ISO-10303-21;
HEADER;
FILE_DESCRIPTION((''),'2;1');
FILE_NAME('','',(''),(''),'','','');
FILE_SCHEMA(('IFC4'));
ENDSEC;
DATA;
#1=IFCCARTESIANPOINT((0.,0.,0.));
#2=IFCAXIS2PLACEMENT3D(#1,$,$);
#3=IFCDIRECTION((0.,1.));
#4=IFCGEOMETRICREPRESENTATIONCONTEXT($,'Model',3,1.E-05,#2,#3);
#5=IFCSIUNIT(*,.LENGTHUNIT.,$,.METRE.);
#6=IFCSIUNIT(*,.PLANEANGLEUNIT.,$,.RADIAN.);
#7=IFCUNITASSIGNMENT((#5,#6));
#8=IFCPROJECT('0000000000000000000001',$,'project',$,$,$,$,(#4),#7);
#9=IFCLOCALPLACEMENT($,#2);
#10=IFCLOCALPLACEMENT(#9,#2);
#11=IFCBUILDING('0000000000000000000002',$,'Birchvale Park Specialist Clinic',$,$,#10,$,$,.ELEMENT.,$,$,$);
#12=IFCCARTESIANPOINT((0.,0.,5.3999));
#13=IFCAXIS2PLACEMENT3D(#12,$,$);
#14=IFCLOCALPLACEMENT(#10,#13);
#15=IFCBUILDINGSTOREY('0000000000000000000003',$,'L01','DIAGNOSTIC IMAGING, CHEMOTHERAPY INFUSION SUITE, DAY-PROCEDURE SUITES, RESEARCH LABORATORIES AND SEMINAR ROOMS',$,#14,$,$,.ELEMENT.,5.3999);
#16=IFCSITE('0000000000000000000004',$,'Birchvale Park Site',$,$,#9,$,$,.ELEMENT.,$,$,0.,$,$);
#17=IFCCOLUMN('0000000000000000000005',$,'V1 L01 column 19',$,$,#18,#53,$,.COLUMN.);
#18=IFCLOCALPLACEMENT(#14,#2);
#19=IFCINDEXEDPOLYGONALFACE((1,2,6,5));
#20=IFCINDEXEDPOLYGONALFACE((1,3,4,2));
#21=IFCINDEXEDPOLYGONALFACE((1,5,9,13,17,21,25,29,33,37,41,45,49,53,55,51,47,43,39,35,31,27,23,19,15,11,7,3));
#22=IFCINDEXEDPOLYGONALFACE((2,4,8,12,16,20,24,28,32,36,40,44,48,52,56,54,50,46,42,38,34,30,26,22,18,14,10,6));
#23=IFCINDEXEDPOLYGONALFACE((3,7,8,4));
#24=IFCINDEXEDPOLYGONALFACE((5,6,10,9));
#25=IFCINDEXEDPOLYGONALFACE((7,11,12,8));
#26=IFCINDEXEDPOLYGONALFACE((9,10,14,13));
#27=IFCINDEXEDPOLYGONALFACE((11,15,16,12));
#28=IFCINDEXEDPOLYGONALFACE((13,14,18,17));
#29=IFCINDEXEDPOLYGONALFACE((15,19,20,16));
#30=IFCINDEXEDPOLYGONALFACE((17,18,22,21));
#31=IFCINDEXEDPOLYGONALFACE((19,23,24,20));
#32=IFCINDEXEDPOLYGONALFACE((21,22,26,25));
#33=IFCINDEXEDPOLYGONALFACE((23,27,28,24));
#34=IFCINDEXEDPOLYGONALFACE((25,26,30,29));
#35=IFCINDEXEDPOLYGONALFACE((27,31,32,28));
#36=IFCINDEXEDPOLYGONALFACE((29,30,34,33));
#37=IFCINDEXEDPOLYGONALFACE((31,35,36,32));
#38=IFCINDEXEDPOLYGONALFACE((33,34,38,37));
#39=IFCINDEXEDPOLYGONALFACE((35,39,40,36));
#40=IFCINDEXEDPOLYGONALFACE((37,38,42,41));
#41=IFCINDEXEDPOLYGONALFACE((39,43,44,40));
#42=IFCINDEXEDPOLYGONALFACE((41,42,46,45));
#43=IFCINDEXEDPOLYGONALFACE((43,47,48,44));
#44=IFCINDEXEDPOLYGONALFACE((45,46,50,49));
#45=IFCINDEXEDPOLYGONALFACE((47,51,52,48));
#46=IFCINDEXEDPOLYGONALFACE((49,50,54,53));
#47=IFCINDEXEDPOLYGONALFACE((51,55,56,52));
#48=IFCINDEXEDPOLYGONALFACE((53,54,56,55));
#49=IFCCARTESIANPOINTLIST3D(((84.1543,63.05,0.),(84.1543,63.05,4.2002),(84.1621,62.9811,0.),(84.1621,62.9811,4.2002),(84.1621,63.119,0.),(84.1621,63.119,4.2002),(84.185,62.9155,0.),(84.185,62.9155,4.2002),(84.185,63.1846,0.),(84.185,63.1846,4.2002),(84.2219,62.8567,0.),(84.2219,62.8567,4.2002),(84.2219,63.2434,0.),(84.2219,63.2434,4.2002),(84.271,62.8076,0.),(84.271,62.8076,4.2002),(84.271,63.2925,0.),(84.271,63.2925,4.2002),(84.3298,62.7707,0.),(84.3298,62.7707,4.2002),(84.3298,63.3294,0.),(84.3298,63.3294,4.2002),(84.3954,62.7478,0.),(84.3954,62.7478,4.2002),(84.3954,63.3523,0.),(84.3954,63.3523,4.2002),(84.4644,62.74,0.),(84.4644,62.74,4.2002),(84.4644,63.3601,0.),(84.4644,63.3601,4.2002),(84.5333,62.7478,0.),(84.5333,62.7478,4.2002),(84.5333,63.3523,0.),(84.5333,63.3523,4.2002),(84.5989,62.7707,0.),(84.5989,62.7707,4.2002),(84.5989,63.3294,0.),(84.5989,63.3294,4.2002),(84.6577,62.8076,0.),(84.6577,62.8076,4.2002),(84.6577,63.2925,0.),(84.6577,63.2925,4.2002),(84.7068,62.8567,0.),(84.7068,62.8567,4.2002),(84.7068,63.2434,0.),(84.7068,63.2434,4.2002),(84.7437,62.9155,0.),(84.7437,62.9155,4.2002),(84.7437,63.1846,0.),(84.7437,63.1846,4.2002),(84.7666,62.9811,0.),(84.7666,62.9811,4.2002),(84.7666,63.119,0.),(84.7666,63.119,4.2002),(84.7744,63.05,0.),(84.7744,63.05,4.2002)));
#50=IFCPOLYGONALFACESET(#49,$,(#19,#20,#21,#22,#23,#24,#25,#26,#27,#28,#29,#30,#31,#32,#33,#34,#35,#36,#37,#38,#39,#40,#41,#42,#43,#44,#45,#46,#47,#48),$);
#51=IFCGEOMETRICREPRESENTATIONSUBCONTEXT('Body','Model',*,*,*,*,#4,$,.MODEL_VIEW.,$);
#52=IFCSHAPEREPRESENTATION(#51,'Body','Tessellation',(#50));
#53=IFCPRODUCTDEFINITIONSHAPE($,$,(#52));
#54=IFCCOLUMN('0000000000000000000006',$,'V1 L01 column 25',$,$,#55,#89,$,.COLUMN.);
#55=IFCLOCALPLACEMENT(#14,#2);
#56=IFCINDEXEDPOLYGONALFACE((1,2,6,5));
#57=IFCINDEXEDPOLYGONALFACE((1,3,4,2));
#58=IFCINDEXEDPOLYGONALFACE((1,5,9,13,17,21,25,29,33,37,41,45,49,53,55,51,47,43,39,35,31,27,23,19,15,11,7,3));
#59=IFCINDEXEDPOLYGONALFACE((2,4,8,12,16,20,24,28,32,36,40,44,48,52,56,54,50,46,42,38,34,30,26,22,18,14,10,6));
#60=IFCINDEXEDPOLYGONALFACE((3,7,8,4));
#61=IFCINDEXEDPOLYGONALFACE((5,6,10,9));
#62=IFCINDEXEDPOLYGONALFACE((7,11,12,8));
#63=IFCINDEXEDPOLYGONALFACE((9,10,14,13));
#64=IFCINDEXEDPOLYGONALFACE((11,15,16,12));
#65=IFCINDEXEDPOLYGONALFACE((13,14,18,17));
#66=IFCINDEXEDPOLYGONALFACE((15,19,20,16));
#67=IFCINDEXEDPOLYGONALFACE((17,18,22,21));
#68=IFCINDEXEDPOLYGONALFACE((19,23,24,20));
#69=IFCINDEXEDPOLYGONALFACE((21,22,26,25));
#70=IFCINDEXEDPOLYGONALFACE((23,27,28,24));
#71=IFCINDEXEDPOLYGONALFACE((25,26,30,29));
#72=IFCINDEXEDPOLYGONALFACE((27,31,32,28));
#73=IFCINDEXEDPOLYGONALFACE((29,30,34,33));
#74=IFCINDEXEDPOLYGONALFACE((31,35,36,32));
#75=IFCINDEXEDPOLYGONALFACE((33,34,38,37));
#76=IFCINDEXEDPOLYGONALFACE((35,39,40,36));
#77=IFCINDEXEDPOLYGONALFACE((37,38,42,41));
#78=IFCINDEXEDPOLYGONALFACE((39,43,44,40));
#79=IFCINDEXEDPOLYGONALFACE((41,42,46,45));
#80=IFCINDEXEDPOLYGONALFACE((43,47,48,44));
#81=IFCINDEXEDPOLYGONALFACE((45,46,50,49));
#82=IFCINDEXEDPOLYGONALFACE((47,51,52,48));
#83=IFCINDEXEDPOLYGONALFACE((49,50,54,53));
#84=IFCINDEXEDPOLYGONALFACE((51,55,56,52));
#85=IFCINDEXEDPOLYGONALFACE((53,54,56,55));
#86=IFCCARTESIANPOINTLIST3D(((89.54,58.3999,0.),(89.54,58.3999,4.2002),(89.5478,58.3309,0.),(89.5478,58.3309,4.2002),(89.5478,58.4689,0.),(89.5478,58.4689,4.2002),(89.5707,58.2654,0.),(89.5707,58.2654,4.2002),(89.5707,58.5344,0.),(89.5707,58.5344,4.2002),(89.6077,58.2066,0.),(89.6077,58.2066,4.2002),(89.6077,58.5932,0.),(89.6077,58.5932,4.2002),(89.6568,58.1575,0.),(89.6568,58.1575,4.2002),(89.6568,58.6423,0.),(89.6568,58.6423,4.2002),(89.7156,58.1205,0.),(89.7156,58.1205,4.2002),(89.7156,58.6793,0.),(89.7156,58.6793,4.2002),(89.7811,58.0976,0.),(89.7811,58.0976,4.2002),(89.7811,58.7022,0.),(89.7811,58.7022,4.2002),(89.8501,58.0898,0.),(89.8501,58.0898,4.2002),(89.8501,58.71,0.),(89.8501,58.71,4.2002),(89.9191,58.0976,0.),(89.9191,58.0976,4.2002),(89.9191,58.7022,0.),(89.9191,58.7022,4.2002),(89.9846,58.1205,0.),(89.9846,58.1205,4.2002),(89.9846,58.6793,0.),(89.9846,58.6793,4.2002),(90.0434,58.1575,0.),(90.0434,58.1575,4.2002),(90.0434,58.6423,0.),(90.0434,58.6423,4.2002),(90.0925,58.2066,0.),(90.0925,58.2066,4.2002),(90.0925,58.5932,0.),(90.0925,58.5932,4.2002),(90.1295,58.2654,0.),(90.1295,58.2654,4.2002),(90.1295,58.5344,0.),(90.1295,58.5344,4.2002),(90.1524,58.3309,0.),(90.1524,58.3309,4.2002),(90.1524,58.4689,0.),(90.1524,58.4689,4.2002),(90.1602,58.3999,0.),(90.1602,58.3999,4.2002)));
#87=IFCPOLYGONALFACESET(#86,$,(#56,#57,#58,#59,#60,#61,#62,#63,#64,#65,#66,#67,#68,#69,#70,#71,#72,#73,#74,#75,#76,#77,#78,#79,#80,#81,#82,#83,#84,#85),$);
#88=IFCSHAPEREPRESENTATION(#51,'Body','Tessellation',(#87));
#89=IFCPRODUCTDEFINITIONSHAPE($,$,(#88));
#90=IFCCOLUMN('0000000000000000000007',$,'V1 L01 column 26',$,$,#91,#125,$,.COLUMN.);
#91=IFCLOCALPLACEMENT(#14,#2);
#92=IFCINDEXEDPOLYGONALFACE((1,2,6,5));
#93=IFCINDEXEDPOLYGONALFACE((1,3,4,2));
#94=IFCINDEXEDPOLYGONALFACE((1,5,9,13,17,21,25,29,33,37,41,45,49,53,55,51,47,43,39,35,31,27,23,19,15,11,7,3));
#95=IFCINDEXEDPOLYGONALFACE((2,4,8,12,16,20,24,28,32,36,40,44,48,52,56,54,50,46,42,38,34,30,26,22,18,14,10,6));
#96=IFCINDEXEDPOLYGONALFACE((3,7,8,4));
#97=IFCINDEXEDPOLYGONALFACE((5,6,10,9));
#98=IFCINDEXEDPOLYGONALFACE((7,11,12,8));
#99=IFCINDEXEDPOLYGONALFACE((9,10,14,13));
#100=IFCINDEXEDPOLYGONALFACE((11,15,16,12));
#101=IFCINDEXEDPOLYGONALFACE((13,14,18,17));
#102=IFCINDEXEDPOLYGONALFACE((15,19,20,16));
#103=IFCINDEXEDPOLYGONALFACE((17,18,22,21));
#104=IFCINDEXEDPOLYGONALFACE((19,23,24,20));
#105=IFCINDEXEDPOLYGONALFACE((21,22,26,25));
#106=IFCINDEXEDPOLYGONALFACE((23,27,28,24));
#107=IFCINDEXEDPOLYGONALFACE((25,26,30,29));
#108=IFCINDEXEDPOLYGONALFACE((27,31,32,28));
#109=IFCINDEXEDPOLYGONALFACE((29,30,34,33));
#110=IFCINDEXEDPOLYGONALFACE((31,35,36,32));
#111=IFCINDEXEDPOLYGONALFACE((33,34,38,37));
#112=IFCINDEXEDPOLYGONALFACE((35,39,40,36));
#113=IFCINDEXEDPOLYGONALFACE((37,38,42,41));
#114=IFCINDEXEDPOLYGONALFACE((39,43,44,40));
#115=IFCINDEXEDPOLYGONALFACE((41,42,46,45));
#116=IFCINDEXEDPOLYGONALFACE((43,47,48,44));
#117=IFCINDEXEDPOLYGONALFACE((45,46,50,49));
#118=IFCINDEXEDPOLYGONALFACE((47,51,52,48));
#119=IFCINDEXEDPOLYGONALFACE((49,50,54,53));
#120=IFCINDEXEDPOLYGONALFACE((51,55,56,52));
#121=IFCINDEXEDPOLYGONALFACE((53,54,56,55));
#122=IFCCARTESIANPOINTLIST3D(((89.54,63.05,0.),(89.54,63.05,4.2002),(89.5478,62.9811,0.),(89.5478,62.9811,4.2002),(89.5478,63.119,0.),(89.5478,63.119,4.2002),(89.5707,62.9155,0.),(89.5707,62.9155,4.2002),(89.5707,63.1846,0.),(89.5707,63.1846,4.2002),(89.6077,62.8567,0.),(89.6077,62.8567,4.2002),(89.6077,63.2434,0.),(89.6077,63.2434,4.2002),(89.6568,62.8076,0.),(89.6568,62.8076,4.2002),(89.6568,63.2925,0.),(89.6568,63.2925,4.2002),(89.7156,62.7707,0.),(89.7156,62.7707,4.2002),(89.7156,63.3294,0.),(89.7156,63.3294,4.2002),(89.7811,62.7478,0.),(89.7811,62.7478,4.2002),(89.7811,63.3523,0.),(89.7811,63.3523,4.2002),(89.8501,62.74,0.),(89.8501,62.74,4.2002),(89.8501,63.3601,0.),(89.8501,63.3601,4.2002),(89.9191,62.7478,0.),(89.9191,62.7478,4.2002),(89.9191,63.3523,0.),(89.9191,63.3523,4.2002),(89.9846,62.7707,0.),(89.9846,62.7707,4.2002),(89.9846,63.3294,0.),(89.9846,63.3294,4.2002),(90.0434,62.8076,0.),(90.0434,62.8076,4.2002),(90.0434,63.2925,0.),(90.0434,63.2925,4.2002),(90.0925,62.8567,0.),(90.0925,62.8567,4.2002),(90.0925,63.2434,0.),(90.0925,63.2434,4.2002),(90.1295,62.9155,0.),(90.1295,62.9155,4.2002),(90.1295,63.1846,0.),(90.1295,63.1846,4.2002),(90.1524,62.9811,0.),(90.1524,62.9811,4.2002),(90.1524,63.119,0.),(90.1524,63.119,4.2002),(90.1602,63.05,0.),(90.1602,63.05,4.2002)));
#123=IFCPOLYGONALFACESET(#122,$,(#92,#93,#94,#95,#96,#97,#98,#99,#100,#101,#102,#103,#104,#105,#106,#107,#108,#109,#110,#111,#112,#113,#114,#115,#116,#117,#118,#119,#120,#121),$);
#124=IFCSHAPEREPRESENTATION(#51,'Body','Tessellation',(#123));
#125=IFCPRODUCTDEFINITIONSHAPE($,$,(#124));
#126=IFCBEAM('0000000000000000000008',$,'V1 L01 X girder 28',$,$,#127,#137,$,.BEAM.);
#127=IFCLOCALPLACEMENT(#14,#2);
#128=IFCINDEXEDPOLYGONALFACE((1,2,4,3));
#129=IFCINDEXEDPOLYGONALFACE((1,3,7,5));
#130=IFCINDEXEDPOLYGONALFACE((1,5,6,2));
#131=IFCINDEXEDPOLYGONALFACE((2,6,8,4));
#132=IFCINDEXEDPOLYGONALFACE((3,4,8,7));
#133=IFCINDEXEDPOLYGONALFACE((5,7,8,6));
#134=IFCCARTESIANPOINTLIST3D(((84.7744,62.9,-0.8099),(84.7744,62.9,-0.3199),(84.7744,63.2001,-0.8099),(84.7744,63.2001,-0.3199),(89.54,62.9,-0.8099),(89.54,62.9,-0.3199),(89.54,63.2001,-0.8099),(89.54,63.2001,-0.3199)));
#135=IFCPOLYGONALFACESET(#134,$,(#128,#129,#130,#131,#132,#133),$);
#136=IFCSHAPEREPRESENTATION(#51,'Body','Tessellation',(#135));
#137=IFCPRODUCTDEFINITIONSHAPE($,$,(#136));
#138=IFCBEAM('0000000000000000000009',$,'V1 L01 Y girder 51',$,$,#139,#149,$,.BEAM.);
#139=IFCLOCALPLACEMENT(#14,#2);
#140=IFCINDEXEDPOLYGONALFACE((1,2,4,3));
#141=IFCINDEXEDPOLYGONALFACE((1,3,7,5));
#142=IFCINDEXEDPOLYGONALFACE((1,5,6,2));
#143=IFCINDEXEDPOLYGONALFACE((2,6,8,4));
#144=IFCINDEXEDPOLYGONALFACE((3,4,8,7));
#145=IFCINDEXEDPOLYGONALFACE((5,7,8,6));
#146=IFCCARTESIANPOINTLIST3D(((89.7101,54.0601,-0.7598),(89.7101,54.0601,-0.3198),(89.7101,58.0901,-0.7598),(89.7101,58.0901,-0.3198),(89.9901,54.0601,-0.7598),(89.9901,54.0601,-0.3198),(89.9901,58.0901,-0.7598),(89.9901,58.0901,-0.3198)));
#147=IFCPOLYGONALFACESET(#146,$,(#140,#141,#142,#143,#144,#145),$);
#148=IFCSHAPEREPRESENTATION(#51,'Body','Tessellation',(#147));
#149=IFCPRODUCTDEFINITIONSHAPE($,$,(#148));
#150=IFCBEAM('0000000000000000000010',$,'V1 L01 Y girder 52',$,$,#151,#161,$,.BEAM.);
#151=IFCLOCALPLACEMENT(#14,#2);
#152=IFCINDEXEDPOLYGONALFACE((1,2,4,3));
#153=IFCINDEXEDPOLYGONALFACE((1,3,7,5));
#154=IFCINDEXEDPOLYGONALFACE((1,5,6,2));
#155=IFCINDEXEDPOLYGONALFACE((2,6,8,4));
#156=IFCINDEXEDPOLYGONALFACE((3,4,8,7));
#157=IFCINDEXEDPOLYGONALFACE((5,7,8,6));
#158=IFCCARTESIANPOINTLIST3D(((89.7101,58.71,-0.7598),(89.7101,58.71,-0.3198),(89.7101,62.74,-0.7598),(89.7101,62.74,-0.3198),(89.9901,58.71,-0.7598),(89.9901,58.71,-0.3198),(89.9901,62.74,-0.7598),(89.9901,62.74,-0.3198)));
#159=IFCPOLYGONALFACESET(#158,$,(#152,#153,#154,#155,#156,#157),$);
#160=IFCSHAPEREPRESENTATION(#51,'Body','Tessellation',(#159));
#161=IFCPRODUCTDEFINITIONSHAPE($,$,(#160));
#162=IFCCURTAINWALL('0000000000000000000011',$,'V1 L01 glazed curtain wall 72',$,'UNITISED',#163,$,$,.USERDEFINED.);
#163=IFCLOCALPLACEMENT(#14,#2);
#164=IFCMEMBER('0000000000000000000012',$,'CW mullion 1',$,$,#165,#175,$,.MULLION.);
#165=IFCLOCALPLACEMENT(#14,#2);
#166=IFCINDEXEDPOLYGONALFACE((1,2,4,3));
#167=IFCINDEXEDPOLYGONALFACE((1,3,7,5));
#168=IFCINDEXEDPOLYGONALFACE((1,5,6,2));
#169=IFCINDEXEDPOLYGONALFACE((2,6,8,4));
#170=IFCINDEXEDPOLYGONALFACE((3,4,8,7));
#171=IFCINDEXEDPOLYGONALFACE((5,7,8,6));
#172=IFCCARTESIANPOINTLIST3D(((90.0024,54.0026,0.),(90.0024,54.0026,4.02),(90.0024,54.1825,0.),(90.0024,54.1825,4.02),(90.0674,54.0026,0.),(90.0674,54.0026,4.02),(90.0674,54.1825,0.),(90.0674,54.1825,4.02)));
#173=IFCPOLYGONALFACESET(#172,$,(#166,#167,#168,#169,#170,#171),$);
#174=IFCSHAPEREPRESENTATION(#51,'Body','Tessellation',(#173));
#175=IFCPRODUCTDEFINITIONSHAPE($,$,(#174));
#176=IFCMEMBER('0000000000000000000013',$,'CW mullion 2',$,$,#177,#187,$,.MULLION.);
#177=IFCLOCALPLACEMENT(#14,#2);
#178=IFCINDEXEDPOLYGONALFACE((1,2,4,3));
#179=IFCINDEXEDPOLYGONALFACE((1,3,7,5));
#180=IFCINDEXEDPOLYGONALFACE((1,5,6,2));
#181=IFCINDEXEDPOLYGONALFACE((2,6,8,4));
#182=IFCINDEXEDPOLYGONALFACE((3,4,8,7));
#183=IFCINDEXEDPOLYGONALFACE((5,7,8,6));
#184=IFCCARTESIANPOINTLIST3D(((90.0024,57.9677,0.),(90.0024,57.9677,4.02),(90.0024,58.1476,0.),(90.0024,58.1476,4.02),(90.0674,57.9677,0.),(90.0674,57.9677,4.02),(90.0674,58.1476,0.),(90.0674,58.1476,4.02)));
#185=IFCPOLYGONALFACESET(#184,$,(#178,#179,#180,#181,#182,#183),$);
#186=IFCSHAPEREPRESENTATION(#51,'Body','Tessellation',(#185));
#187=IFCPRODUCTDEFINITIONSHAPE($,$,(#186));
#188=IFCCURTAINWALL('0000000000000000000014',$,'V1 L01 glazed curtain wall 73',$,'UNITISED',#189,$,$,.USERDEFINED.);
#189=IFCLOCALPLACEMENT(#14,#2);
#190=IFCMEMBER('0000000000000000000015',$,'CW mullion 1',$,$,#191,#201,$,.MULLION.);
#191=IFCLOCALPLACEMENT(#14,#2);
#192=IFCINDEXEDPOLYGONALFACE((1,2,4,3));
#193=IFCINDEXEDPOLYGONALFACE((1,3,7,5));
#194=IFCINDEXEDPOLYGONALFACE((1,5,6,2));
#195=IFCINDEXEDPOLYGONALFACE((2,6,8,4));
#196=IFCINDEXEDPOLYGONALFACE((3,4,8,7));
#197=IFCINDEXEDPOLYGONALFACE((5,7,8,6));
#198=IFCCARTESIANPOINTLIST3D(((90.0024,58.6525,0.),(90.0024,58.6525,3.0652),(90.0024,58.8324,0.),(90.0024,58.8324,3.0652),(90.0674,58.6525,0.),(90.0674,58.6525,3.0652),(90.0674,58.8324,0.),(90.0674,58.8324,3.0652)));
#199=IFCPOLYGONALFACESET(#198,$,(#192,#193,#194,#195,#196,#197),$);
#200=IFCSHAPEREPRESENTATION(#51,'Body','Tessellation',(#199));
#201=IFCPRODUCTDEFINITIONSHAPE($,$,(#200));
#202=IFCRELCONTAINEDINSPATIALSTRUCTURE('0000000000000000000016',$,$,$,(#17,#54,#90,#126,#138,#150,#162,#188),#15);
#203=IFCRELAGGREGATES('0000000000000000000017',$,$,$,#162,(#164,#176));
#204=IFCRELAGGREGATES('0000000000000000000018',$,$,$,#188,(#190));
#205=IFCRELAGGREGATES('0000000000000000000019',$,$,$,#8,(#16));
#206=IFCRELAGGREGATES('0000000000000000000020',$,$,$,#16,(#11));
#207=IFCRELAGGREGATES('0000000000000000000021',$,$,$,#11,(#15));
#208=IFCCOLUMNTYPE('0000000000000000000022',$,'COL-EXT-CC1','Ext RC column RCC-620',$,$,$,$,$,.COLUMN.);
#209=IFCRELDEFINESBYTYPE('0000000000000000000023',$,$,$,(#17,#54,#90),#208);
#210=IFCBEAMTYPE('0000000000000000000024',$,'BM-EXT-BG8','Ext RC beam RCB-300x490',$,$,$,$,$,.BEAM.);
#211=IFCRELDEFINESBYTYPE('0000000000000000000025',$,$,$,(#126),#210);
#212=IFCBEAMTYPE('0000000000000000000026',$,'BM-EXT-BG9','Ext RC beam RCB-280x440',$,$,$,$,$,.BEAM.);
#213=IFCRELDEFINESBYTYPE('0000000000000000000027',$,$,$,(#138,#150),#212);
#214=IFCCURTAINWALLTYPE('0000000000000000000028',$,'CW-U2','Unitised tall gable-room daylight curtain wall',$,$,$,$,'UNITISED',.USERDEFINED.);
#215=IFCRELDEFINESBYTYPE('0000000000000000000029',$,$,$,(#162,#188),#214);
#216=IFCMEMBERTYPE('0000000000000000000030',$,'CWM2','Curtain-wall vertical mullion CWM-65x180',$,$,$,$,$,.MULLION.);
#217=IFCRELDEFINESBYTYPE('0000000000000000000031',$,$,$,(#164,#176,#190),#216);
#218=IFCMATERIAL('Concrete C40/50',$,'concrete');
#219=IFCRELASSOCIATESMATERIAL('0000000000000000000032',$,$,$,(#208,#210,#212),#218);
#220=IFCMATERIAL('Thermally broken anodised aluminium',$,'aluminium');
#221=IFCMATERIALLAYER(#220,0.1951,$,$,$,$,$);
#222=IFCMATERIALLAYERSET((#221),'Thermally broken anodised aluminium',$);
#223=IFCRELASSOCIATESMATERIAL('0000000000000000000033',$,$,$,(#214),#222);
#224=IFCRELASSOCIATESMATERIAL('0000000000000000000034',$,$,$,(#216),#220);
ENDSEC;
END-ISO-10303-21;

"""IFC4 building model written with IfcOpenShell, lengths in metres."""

from ifc_helpers import new_model, si_unit, direction, frame, origin, origin_2d, place, context, subcontext, project, spatial, rectangle, circle, extrude, material, layer, layer_set, material_profile, profile_set, type_object, element, aggregate, save


model = new_model("IFC4")

# Units and contexts
model_context = context("Model", 3, precision=1e-05, world=origin(), true_north=direction((0.0, 1.0)))
body_context = subcontext(model_context, "Body", "Model", "MODEL_VIEW")
ifc_project = project(units=[si_unit("LENGTHUNIT", "METRE"), si_unit("PLANEANGLEUNIT", "RADIAN")], contexts=[model_context])

# Site, building, storey
site_placement = place(None, origin())
site = spatial("IfcSite", under=ifc_project, at=site_placement, Name="Birchvale Park Site", CompositionType="ELEMENT", RefElevation=0.0)
building_placement = place(site_placement, origin())
building = spatial("IfcBuilding", under=site, at=building_placement, Name="Birchvale Park Specialist Clinic", CompositionType="ELEMENT")
storey_placement = place(building_placement, frame((0.0, 0.0, 5.3999)))
storey = spatial("IfcBuildingStorey", under=building, at=storey_placement, Name="L01", Description="DIAGNOSTIC IMAGING, CHEMOTHERAPY INFUSION SUITE, DAY-PROCEDURE SUITES, RESEARCH LABORATORIES AND SEMINAR ROOMS", CompositionType="ELEMENT", Elevation=5.3999)

# Columns
ifc_material_1 = material(Name="Concrete C40/50", Category="concrete")
ifc_material_profile_1 = material_profile(ifc_material_1, circle(Radius=0.3101, at=origin_2d()), Name="RCC-620")
ifc_profile_set_1 = profile_set([ifc_material_profile_1], Name="Concrete C40/50")
column_type = type_object("IfcColumnType", Name="COL-EXT-CC1", Description="Ext RC column RCC-620", PredefinedType="COLUMN", material=ifc_profile_set_1)
for number, where, z_axis, x_axis, name in (
    (1, (84.4644, 63.05, 0.0), (0.0, 0.0, 1.0), (1.0, 0.0, 0.0), "V1 L01 column 19"),
    (2, (89.8501, 58.3999, 0.0), (0.0, 0.0, 1.0), (1.0, 0.0, 0.0), "V1 L01 column 25"),
    (3, (89.8501, 63.05, 0.0), (0.0, 0.0, 1.0), (1.0, 0.0, 0.0), "V1 L01 column 26"),
):
    element("IfcColumn", number, at=place(storey_placement, frame(where, z_axis=z_axis, x_axis=x_axis)), inside=storey, type_object=column_type, Name=name, PredefinedType="COLUMN", context=body_context, shape_type="SweptSolid", body=[
        extrude(circle(Radius=0.3101, at=origin_2d()), origin(), (0.0, 0.0, 1.0), 4.2002),
    ])

# Beams
ifc_material_profile_2 = material_profile(ifc_material_1, rectangle(XDim=0.3, YDim=0.49, at=origin_2d()), Name="RCB-300x490")
ifc_profile_set_2 = profile_set([ifc_material_profile_2], Name="Concrete C40/50")
beam_type_1 = type_object("IfcBeamType", Name="BM-EXT-BG8", Description="Ext RC beam RCB-300x490", PredefinedType="BEAM", material=ifc_profile_set_2)
beam_placement = place(storey_placement, frame((84.7744, 63.05, -0.5649), z_axis=(1.0, 0.0, 0.0), x_axis=(0.0, 1.0, 0.0)))
element("IfcBeam", 4, at=beam_placement, inside=storey, type_object=beam_type_1, Name="V1 L01 X girder 28", PredefinedType="BEAM", context=body_context, shape_type="SweptSolid", body=[
    extrude(rectangle(XDim=0.3, YDim=0.49, at=origin_2d()), origin(), (0.0, 0.0, 1.0), 4.7656),
])
ifc_material_profile_3 = material_profile(ifc_material_1, rectangle(XDim=0.28, YDim=0.4399, at=origin_2d()), Name="RCB-280x440")
ifc_profile_set_3 = profile_set([ifc_material_profile_3], Name="Concrete C40/50")
beam_type_2 = type_object("IfcBeamType", Name="BM-EXT-BG9", Description="Ext RC beam RCB-280x440", PredefinedType="BEAM", material=ifc_profile_set_3)
for number, where, z_axis, x_axis, name in (
    (5, (89.8501, 54.0601, -0.5398), (0.0, 1.0, 0.0), (-1.0, 0.0, 0.0), "V1 L01 Y girder 51"),
    (6, (89.8501, 58.71, -0.5398), (0.0, 1.0, 0.0), (-1.0, 0.0, 0.0), "V1 L01 Y girder 52"),
):
    element("IfcBeam", number, at=place(storey_placement, frame(where, z_axis=z_axis, x_axis=x_axis)), inside=storey, type_object=beam_type_2, Name=name, PredefinedType="BEAM", context=body_context, shape_type="SweptSolid", body=[
        extrude(rectangle(XDim=0.28, YDim=0.4399, at=origin_2d()), origin(), (0.0, 0.0, 1.0), 4.03),
    ])

# Curtain walls, members
ifc_material_2 = material(Name="Thermally broken anodised aluminium", Category="aluminium")
ifc_layer_1 = layer(ifc_material_2, 0.1951)
ifc_layer_set_1 = layer_set([ifc_layer_1], Name="Thermally broken anodised aluminium")
curtain_wall_type = type_object("IfcCurtainWallType", Name="CW-U2", Description="Unitised tall gable-room daylight curtain wall", ElementType="UNITISED", PredefinedType="USERDEFINED", material=ifc_layer_set_1)
curtain_wall_1_placement = place(storey_placement, origin())
curtain_wall_1 = element("IfcCurtainWall", 7, at=curtain_wall_1_placement, inside=storey, type_object=curtain_wall_type, Name="V1 L01 glazed curtain wall 72", ObjectType="UNITISED", PredefinedType="USERDEFINED")
ifc_material_profile_4 = material_profile(ifc_material_2, rectangle(XDim=0.0649, YDim=0.1799, at=origin_2d()), Name="CWM-65x180")
ifc_profile_set_4 = profile_set([ifc_material_profile_4], Name="Thermally broken anodised aluminium")
member_type_1 = type_object("IfcMemberType", Name="CWM2", Description="Curtain-wall vertical mullion CWM-65x180", PredefinedType="MULLION", material=ifc_profile_set_4)
member_1_placement = place(storey_placement, frame((90.0349, 54.0925, 0.0), z_axis=(0.0, 0.0, 1.0), x_axis=(-1.0, 0.0, 0.0)))
member_1 = element("IfcMember", 8, at=member_1_placement, type_object=member_type_1, Name="CW mullion 1", PredefinedType="MULLION", context=body_context, shape_type="SweptSolid", body=[
    extrude(rectangle(XDim=0.0649, YDim=0.1799, at=origin_2d()), origin(), (0.0, 0.0, 1.0), 4.02),
])
member_2_placement = place(storey_placement, frame((90.0349, 58.0576, 0.0), z_axis=(0.0, 0.0, 1.0), x_axis=(-1.0, 0.0, 0.0)))
member_2 = element("IfcMember", 9, at=member_2_placement, type_object=member_type_1, Name="CW mullion 2", PredefinedType="MULLION", context=body_context, shape_type="SweptSolid", body=[
    extrude(rectangle(XDim=0.0649, YDim=0.1799, at=origin_2d()), origin(), (0.0, 0.0, 1.0), 4.02),
])
curtain_wall_2_placement = place(storey_placement, origin())
curtain_wall_2 = element("IfcCurtainWall", 10, at=curtain_wall_2_placement, inside=storey, type_object=curtain_wall_type, Name="V1 L01 glazed curtain wall 73", ObjectType="UNITISED", PredefinedType="USERDEFINED")
member_3_placement = place(storey_placement, frame((90.0349, 58.7424, 0.0), z_axis=(0.0, 0.0, 1.0), x_axis=(-1.0, 0.0, 0.0)))
member_3 = element("IfcMember", 11, at=member_3_placement, type_object=member_type_1, Name="CW mullion 1", PredefinedType="MULLION", context=body_context, shape_type="SweptSolid", body=[
    extrude(rectangle(XDim=0.0649, YDim=0.1799, at=origin_2d()), origin(), (0.0, 0.0, 1.0), 3.0652),
])

aggregate(curtain_wall_1, [member_1, member_2])
aggregate(curtain_wall_2, [member_3])

save(model, "model.ifc")
